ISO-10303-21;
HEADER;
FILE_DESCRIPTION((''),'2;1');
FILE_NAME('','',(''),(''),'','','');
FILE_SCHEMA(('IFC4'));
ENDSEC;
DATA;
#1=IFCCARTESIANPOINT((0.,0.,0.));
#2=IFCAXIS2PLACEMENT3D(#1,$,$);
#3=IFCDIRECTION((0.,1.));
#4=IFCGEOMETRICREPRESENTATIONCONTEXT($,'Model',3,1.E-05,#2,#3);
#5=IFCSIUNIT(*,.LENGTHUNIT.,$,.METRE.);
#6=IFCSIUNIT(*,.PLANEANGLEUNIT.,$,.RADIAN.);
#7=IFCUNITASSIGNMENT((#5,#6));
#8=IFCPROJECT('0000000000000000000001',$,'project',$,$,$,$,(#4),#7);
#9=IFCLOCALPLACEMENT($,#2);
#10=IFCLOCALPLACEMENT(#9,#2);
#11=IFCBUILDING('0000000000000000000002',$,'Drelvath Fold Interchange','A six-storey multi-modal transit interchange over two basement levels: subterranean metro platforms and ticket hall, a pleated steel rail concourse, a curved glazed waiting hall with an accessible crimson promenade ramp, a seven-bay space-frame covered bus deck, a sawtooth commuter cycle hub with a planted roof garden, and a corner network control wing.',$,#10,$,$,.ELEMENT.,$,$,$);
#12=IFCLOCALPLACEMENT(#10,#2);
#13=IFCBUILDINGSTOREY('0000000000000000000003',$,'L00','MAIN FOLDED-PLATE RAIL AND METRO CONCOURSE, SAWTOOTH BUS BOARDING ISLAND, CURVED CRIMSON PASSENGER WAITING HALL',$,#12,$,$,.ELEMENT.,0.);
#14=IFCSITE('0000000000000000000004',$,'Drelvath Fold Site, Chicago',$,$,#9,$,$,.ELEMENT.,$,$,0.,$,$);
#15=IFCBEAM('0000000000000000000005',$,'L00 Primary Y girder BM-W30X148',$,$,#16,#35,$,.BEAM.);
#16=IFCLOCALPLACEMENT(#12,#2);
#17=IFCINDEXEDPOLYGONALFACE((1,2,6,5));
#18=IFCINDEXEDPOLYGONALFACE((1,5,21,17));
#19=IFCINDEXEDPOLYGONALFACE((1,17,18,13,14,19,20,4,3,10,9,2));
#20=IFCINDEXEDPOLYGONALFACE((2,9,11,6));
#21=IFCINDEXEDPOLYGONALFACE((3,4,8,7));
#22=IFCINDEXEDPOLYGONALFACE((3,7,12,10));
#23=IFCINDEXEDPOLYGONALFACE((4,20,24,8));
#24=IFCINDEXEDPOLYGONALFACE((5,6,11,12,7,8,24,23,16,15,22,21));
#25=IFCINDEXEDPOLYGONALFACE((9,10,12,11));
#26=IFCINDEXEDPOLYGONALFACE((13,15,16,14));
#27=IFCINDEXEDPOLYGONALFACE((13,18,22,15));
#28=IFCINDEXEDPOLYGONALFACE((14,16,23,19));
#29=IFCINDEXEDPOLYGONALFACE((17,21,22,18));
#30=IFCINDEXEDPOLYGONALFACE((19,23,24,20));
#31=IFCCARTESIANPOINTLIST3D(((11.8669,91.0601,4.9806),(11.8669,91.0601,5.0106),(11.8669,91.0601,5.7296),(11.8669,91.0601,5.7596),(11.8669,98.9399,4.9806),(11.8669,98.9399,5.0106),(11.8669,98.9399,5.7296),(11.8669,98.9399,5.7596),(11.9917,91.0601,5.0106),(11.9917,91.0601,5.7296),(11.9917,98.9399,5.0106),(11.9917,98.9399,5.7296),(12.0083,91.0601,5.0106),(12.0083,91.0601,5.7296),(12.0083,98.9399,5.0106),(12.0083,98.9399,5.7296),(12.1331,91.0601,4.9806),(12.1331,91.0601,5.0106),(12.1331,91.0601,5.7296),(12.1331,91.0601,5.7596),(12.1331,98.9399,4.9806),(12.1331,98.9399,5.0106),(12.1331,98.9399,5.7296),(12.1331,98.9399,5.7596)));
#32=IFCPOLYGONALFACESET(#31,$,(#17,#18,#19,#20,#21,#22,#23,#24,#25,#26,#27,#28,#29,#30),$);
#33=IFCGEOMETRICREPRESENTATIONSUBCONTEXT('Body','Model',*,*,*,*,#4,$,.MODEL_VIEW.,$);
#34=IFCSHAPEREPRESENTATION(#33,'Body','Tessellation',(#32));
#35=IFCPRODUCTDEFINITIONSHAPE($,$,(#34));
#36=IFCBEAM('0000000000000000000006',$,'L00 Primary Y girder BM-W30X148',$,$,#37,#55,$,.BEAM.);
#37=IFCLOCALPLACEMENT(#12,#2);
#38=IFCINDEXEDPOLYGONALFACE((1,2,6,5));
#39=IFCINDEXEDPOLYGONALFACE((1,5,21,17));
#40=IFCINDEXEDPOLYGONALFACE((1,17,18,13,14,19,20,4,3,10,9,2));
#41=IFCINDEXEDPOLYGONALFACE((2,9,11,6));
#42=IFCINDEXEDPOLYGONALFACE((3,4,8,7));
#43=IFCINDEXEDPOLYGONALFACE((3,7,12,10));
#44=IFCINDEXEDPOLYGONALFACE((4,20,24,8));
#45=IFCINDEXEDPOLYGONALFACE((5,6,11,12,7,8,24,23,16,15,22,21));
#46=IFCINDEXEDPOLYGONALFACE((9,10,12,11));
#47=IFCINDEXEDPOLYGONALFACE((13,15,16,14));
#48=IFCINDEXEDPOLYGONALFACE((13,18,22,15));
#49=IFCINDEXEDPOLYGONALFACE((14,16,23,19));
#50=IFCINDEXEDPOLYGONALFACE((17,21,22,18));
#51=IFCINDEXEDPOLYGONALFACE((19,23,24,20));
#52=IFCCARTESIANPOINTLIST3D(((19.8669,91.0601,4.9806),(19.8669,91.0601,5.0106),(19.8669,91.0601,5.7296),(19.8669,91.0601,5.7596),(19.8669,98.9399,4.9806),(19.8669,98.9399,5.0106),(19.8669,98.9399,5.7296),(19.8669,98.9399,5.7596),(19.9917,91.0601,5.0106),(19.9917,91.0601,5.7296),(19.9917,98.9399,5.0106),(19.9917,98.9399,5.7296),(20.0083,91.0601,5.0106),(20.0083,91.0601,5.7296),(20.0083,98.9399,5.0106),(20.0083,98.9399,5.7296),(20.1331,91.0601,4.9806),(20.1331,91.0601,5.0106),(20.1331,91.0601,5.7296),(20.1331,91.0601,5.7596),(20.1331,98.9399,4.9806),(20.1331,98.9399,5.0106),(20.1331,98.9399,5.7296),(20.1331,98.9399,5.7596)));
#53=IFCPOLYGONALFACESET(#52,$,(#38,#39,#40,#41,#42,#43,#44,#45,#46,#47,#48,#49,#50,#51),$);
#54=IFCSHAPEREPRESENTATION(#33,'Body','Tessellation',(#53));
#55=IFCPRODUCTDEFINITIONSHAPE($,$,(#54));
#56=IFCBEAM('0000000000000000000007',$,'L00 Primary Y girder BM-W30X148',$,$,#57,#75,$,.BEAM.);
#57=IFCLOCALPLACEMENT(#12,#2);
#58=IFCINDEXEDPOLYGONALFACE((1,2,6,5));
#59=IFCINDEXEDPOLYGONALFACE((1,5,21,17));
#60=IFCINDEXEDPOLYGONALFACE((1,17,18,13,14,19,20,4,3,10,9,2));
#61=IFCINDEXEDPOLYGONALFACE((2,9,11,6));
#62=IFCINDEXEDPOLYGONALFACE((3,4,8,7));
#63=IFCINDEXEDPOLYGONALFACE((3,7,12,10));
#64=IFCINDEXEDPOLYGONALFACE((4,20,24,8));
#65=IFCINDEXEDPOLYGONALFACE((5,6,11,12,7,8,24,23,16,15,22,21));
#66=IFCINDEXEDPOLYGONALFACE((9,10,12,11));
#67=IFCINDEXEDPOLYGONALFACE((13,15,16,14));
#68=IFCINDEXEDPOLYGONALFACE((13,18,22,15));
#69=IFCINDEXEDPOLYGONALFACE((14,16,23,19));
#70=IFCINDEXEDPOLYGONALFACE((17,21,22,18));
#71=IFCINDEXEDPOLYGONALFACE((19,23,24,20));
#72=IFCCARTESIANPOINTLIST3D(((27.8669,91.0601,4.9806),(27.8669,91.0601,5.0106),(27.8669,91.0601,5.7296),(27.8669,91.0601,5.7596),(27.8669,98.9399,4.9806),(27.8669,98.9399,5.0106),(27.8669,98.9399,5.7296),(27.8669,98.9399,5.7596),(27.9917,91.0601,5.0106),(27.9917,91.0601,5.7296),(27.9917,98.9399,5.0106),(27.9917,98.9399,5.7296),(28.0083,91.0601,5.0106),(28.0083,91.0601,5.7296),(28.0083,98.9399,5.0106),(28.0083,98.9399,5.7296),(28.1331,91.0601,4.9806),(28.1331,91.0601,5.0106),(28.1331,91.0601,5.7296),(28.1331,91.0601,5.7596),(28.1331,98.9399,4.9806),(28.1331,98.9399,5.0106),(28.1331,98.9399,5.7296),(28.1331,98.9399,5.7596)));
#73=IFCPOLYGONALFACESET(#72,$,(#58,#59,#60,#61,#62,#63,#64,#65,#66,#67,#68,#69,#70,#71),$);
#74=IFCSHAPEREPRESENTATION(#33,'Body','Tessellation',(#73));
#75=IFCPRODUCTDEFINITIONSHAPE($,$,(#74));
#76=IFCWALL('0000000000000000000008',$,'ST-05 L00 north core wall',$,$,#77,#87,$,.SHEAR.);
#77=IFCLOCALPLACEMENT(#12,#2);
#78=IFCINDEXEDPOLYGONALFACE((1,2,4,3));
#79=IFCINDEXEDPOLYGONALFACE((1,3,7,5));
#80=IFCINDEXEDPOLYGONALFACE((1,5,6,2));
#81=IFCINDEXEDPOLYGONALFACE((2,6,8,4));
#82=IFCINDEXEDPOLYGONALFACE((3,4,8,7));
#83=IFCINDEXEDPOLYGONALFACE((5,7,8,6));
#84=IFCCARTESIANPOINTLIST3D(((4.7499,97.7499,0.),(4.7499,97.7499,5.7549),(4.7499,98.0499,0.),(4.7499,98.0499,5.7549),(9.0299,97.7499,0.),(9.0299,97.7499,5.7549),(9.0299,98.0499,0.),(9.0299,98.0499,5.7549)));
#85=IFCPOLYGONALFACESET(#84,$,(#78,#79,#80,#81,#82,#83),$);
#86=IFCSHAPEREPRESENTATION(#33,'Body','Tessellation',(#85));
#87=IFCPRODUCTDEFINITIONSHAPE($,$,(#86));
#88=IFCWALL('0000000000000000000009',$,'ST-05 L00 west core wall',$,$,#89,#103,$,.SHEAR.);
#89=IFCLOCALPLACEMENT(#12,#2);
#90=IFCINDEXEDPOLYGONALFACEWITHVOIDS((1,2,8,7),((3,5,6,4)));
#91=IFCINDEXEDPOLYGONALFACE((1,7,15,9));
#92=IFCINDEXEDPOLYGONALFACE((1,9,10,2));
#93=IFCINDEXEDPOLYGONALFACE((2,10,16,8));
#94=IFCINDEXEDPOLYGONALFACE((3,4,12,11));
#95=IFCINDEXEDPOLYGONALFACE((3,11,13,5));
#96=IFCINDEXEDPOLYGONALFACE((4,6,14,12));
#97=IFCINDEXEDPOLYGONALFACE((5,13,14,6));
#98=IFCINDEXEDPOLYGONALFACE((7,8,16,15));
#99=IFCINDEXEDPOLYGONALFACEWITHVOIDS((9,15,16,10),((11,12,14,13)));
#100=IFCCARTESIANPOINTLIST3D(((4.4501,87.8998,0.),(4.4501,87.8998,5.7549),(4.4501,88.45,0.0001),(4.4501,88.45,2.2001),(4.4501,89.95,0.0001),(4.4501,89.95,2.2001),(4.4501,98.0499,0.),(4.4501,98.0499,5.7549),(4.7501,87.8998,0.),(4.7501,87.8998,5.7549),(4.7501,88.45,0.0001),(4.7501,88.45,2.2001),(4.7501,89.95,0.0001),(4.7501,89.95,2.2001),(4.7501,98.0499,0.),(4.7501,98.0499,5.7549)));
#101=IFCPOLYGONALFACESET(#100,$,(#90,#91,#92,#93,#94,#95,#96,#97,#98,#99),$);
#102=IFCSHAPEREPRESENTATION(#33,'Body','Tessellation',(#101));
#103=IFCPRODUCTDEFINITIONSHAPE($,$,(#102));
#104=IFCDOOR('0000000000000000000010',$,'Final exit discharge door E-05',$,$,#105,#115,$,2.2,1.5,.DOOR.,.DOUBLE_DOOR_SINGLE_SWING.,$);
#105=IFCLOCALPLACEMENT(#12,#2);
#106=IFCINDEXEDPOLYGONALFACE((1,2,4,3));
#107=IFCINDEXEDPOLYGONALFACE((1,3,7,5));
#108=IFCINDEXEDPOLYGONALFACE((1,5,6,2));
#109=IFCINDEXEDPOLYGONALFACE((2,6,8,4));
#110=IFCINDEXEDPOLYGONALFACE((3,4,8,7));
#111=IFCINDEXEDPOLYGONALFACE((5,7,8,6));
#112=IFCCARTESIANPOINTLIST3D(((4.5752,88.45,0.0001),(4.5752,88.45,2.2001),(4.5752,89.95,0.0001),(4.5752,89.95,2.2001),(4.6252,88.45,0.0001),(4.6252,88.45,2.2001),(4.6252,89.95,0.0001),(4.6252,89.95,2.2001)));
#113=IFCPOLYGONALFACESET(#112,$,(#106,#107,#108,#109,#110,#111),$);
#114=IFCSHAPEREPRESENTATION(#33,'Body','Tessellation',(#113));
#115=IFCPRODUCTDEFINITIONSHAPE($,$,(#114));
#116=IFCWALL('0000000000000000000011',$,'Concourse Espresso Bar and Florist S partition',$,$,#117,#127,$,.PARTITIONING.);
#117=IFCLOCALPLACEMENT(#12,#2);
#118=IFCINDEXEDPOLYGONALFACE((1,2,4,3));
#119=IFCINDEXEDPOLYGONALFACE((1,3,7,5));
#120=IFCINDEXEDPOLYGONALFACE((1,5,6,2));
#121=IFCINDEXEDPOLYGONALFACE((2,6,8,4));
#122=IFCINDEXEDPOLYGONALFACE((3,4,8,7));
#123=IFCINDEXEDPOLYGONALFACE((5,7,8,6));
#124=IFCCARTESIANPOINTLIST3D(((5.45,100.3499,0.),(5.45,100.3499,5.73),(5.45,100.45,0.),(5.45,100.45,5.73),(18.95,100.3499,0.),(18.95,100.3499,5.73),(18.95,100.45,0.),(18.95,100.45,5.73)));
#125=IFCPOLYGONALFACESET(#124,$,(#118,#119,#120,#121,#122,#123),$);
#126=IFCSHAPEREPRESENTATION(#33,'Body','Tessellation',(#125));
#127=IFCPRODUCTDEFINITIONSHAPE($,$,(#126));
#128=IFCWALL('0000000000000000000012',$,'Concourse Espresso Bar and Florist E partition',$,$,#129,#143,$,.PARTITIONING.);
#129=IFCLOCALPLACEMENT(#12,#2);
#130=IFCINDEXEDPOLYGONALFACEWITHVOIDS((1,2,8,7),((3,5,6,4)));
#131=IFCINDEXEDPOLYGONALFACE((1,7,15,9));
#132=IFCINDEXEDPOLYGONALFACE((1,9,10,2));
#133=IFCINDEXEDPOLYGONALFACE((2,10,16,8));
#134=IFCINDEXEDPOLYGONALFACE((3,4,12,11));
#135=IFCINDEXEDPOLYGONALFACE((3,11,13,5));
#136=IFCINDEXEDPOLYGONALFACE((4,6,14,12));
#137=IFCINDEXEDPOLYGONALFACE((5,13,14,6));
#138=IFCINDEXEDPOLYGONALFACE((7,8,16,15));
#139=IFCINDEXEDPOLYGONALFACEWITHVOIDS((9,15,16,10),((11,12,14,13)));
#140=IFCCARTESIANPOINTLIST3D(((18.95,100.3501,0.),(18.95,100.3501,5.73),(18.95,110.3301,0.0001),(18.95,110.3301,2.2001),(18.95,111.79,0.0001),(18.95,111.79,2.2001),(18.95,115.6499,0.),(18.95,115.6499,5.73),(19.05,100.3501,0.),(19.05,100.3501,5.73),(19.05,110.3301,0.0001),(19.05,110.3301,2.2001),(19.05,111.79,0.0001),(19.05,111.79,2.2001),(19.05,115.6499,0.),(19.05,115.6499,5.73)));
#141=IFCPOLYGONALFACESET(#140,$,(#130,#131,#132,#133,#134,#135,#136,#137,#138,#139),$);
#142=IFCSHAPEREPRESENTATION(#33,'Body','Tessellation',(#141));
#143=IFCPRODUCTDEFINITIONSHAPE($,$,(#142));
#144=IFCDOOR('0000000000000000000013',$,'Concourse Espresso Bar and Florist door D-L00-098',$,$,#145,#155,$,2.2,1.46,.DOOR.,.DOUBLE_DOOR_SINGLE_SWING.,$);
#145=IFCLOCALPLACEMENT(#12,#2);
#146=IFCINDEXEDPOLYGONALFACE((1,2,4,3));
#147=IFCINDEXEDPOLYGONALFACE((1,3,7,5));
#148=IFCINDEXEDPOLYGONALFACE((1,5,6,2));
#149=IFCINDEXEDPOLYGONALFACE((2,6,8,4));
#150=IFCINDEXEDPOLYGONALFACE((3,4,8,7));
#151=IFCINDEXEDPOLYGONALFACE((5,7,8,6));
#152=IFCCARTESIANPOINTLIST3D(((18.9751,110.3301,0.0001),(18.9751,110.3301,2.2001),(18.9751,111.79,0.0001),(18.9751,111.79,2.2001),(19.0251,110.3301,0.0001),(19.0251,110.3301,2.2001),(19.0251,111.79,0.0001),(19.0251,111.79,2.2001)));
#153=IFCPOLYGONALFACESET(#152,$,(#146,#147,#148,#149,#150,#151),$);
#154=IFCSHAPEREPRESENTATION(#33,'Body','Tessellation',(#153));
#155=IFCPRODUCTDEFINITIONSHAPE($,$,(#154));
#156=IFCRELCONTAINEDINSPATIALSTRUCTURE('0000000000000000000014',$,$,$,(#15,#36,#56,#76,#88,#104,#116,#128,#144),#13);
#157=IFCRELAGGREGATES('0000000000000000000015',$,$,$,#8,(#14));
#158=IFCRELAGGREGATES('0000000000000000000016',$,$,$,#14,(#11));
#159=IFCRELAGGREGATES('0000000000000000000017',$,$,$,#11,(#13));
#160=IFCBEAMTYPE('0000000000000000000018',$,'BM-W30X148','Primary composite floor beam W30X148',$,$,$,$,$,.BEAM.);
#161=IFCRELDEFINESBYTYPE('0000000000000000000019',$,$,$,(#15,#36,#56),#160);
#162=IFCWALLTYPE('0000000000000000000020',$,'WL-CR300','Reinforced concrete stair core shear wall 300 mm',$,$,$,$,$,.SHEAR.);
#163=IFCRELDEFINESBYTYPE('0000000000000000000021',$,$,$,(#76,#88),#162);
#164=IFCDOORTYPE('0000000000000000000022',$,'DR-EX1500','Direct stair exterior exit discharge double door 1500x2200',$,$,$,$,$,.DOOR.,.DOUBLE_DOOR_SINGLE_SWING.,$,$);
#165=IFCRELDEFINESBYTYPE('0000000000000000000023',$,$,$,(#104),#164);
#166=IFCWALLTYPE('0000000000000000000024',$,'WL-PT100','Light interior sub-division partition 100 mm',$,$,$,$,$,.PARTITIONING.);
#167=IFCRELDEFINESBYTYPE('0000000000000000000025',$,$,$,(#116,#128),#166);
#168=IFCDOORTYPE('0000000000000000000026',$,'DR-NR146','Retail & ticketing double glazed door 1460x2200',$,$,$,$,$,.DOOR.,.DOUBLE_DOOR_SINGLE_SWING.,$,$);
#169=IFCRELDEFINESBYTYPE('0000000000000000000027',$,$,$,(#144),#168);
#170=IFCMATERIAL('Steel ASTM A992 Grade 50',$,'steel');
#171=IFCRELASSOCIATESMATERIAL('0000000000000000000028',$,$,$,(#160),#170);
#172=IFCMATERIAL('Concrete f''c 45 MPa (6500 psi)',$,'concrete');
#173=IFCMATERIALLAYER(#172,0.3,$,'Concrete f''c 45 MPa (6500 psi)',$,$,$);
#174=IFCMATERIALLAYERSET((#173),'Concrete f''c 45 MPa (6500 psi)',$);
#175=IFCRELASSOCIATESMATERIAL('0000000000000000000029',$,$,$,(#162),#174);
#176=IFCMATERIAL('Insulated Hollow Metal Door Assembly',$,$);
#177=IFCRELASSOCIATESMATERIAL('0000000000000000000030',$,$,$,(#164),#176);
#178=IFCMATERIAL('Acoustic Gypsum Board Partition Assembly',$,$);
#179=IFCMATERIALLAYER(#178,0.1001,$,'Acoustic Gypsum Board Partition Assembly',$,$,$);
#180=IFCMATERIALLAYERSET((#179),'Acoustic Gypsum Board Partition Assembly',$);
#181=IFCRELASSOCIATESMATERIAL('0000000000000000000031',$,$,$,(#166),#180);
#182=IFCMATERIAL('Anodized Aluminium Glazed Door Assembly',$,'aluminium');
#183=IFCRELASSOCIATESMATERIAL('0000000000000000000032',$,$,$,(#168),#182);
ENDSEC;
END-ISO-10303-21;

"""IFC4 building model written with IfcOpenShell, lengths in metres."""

from ifc_helpers import new_model, si_unit, direction, frame, frame_2d, origin, origin_2d, place, context, subcontext, project, spatial, rectangle, i_section, extrude, material, layer, layer_set, material_profile, profile_set, type_object, element, fill, save


model = new_model("IFC4")

# Units and contexts
model_context = context("Model", 3, precision=1e-05, world=origin(), true_north=direction((0.0, 1.0)))
body_context = subcontext(model_context, "Body", "Model", "MODEL_VIEW")
ifc_project = project(units=[si_unit("LENGTHUNIT", "METRE"), si_unit("PLANEANGLEUNIT", "RADIAN")], contexts=[model_context])

# Site, building, storey
site_placement = place(None, origin())
site = spatial("IfcSite", under=ifc_project, at=site_placement, Name="Drelvath Fold Site, Chicago", CompositionType="ELEMENT", RefElevation=0.0)
building_placement = place(site_placement, origin())
building = spatial("IfcBuilding", under=site, at=building_placement, Name="Drelvath Fold Interchange", Description="A six-storey multi-modal transit interchange over two basement levels: subterranean metro platforms and ticket hall, a pleated steel rail concourse, a curved glazed waiting hall with an accessible crimson promenade ramp, a seven-bay space-frame covered bus deck, a sawtooth commuter cycle hub with a planted roof garden, and a corner network control wing.", CompositionType="ELEMENT")
storey_placement = place(building_placement, origin())
storey = spatial("IfcBuildingStorey", under=building, at=storey_placement, Name="L00", Description="MAIN FOLDED-PLATE RAIL AND METRO CONCOURSE, SAWTOOTH BUS BOARDING ISLAND, CURVED CRIMSON PASSENGER WAITING HALL", CompositionType="ELEMENT", Elevation=0.0)

# Beams
ifc_material_1 = material(Name="Steel ASTM A992 Grade 50", Category="steel")
ifc_material_profile_1 = material_profile(ifc_material_1, i_section(OverallWidth=0.2661, OverallDepth=0.7791, WebThickness=0.0166, FlangeThickness=0.03, at=origin_2d()), Name="W30X148")
ifc_profile_set_1 = profile_set([ifc_material_profile_1], Name="Steel ASTM A992 Grade 50")
beam_type_1 = type_object("IfcBeamType", Name="BM-W30X148", Description="Primary composite floor beam W30X148", PredefinedType="BEAM", material=ifc_profile_set_1)
for number, where, z_axis, x_axis, name in (
    (1, (12.0, 91.0601, 5.3701), (0.0, 1.0, 0.0), (-1.0, 0.0, 0.0), "L00 Primary Y girder BM-W30X148"),
    (2, (20.0, 91.0601, 5.3701), (0.0, 1.0, 0.0), (-1.0, 0.0, 0.0), "L00 Primary Y girder BM-W30X148"),
    (3, (28.0, 91.0601, 5.3701), (0.0, 1.0, 0.0), (-1.0, 0.0, 0.0), "L00 Primary Y girder BM-W30X148"),
):
    element("IfcBeam", number, at=place(storey_placement, frame(where, z_axis=z_axis, x_axis=x_axis)), inside=storey, type_object=beam_type_1, Name=name, PredefinedType="BEAM", context=body_context, shape_type="SweptSolid", body=[
        extrude(i_section(OverallWidth=0.2661, OverallDepth=0.7791, WebThickness=0.0166, FlangeThickness=0.03, at=origin_2d()), origin(), (0.0, 0.0, 1.0), 7.8799),
    ])

# Wall
ifc_material_2 = material(Name="Concrete f'c 45 MPa (6500 psi)", Category="concrete")
ifc_layer_1 = layer(ifc_material_2, 0.3, Name="Concrete f'c 45 MPa (6500 psi)")
ifc_layer_set_1 = layer_set([ifc_layer_1], Name="Concrete f'c 45 MPa (6500 psi)")
wall_type_1 = type_object("IfcWallType", Name="WL-CR300", Description="Reinforced concrete stair core shear wall 300 mm", PredefinedType="SHEAR", material=ifc_layer_set_1)
wall_1_placement = place(storey_placement, frame((9.03, 97.8999, 0.0), z_axis=(0.0, 0.0, 1.0), x_axis=(-1.0, 0.0, 0.0)))
element("IfcWall", 4, at=wall_1_placement, inside=storey, type_object=wall_type_1, Name="ST-05 L00 north core wall", PredefinedType="SHEAR", context=body_context, shape_type="SweptSolid", body=[
    extrude(rectangle(XDim=4.28, YDim=0.3, at=frame_2d((2.1401, 0.0))), origin(), (0.0, 0.0, 1.0), 5.7549),
])

# Wall, opening, door
wall_2_placement = place(storey_placement, frame((4.6001, 98.05, 0.0), z_axis=(0.0, 0.0, 1.0), x_axis=(0.0, -1.0, 0.0)))
wall_2 = element("IfcWall", 5, at=wall_2_placement, inside=storey, type_object=wall_type_1, Name="ST-05 L00 west core wall", PredefinedType="SHEAR", context=body_context, shape_type="SweptSolid", body=[
    extrude(rectangle(XDim=10.1501, YDim=0.3, at=frame_2d((5.0752, 0.0))), origin(), (0.0, 0.0, 1.0), 5.7549),
])
opening_1_placement = place(wall_2_placement, frame((8.1001, 0.0, 0.0)))
opening_1 = element("IfcOpeningElement", 6, at=opening_1_placement, cuts=wall_2, PredefinedType="OPENING", context=body_context, shape_type="SweptSolid", body=[
    extrude(rectangle(XDim=1.5, YDim=2.2, at=frame_2d((0.75, 1.1001))), frame((0.0, 0.1599, 0.0), z_axis=(0.0, -1.0, 0.0), x_axis=(1.0, 0.0, 0.0)), (0.0, 0.0, 1.0), 0.3201),
])
ifc_material_3 = material(Name="Insulated Hollow Metal Door Assembly")
door_type_1 = type_object("IfcDoorType", Name="DR-EX1500", Description="Direct stair exterior exit discharge double door 1500x2200", OperationType="DOUBLE_DOOR_SINGLE_SWING", PredefinedType="DOOR", material=ifc_material_3)
door_1_placement = place(opening_1_placement, frame((1.5, 0.0, 0.0), z_axis=(0.0, 0.0, 1.0), x_axis=(-1.0, 0.0, 0.0)))
door_1 = element("IfcDoor", 7, at=door_1_placement, inside=storey, type_object=door_type_1, Name="Final exit discharge door E-05", OperationType="DOUBLE_DOOR_SINGLE_SWING", OverallHeight=2.2, OverallWidth=1.5, PredefinedType="DOOR", context=body_context, shape_type="SweptSolid", body=[
    extrude(rectangle(XDim=1.5, YDim=2.2, at=frame_2d((0.75, 1.1001))), frame((0.0, 0.0249, 0.0), z_axis=(0.0, -1.0, 0.0), x_axis=(1.0, 0.0, 0.0)), (0.0, 0.0, 1.0), 0.05),
])
fill(opening_1, door_1)

# Wall
ifc_material_4 = material(Name="Acoustic Gypsum Board Partition Assembly")
ifc_layer_2 = layer(ifc_material_4, 0.1001, Name="Acoustic Gypsum Board Partition Assembly")
ifc_layer_set_2 = layer_set([ifc_layer_2], Name="Acoustic Gypsum Board Partition Assembly")
wall_type_2 = type_object("IfcWallType", Name="WL-PT100", Description="Light interior sub-division partition 100 mm", PredefinedType="PARTITIONING", material=ifc_layer_set_2)
wall_3_placement = place(storey_placement, frame((5.45, 100.3999, 0.0), z_axis=(0.0, 0.0, 1.0), x_axis=(1.0, 0.0, 0.0)))
element("IfcWall", 8, at=wall_3_placement, inside=storey, type_object=wall_type_2, Name="Concourse Espresso Bar and Florist S partition", PredefinedType="PARTITIONING", context=body_context, shape_type="SweptSolid", body=[
    extrude(rectangle(XDim=13.5, YDim=0.1001, at=frame_2d((6.75, 0.0))), origin(), (0.0, 0.0, 1.0), 5.73),
])

# Wall, opening, door
wall_4_placement = place(storey_placement, frame((19.0, 100.3501, 0.0), z_axis=(0.0, 0.0, 1.0), x_axis=(0.0, 1.0, 0.0)))
wall_4 = element("IfcWall", 9, at=wall_4_placement, inside=storey, type_object=wall_type_2, Name="Concourse Espresso Bar and Florist E partition", PredefinedType="PARTITIONING", context=body_context, shape_type="SweptSolid", body=[
    extrude(rectangle(XDim=15.2998, YDim=0.1001, at=frame_2d((7.6499, 0.0))), origin(), (0.0, 0.0, 1.0), 5.73),
])
opening_2_placement = place(wall_4_placement, frame((9.98, 0.0, 0.0)))
opening_2 = element("IfcOpeningElement", 10, at=opening_2_placement, cuts=wall_4, PredefinedType="OPENING", context=body_context, shape_type="SweptSolid", body=[
    extrude(rectangle(XDim=1.46, YDim=2.2, at=frame_2d((0.73, 1.1001))), frame((0.0, 0.0601, 0.0), z_axis=(0.0, -1.0, 0.0), x_axis=(1.0, 0.0, 0.0)), (0.0, 0.0, 1.0), 0.1201),
])
ifc_material_5 = material(Name="Anodized Aluminium Glazed Door Assembly", Category="aluminium")
door_type_2 = type_object("IfcDoorType", Name="DR-NR146", Description="Retail & ticketing double glazed door 1460x2200", OperationType="DOUBLE_DOOR_SINGLE_SWING", PredefinedType="DOOR", material=ifc_material_5)
door_2_placement = place(opening_2_placement, origin())
door_2 = element("IfcDoor", 11, at=door_2_placement, inside=storey, type_object=door_type_2, Name="Concourse Espresso Bar and Florist door D-L00-098", OperationType="DOUBLE_DOOR_SINGLE_SWING", OverallHeight=2.2, OverallWidth=1.46, PredefinedType="DOOR", context=body_context, shape_type="SweptSolid", body=[
    extrude(rectangle(XDim=1.46, YDim=2.2, at=frame_2d((0.73, 1.1001))), frame((0.0, 0.0249, 0.0), z_axis=(0.0, -1.0, 0.0), x_axis=(1.0, 0.0, 0.0)), (0.0, 0.0, 1.0), 0.05),
])
fill(opening_2, door_2)

save(model, "model.ifc")
